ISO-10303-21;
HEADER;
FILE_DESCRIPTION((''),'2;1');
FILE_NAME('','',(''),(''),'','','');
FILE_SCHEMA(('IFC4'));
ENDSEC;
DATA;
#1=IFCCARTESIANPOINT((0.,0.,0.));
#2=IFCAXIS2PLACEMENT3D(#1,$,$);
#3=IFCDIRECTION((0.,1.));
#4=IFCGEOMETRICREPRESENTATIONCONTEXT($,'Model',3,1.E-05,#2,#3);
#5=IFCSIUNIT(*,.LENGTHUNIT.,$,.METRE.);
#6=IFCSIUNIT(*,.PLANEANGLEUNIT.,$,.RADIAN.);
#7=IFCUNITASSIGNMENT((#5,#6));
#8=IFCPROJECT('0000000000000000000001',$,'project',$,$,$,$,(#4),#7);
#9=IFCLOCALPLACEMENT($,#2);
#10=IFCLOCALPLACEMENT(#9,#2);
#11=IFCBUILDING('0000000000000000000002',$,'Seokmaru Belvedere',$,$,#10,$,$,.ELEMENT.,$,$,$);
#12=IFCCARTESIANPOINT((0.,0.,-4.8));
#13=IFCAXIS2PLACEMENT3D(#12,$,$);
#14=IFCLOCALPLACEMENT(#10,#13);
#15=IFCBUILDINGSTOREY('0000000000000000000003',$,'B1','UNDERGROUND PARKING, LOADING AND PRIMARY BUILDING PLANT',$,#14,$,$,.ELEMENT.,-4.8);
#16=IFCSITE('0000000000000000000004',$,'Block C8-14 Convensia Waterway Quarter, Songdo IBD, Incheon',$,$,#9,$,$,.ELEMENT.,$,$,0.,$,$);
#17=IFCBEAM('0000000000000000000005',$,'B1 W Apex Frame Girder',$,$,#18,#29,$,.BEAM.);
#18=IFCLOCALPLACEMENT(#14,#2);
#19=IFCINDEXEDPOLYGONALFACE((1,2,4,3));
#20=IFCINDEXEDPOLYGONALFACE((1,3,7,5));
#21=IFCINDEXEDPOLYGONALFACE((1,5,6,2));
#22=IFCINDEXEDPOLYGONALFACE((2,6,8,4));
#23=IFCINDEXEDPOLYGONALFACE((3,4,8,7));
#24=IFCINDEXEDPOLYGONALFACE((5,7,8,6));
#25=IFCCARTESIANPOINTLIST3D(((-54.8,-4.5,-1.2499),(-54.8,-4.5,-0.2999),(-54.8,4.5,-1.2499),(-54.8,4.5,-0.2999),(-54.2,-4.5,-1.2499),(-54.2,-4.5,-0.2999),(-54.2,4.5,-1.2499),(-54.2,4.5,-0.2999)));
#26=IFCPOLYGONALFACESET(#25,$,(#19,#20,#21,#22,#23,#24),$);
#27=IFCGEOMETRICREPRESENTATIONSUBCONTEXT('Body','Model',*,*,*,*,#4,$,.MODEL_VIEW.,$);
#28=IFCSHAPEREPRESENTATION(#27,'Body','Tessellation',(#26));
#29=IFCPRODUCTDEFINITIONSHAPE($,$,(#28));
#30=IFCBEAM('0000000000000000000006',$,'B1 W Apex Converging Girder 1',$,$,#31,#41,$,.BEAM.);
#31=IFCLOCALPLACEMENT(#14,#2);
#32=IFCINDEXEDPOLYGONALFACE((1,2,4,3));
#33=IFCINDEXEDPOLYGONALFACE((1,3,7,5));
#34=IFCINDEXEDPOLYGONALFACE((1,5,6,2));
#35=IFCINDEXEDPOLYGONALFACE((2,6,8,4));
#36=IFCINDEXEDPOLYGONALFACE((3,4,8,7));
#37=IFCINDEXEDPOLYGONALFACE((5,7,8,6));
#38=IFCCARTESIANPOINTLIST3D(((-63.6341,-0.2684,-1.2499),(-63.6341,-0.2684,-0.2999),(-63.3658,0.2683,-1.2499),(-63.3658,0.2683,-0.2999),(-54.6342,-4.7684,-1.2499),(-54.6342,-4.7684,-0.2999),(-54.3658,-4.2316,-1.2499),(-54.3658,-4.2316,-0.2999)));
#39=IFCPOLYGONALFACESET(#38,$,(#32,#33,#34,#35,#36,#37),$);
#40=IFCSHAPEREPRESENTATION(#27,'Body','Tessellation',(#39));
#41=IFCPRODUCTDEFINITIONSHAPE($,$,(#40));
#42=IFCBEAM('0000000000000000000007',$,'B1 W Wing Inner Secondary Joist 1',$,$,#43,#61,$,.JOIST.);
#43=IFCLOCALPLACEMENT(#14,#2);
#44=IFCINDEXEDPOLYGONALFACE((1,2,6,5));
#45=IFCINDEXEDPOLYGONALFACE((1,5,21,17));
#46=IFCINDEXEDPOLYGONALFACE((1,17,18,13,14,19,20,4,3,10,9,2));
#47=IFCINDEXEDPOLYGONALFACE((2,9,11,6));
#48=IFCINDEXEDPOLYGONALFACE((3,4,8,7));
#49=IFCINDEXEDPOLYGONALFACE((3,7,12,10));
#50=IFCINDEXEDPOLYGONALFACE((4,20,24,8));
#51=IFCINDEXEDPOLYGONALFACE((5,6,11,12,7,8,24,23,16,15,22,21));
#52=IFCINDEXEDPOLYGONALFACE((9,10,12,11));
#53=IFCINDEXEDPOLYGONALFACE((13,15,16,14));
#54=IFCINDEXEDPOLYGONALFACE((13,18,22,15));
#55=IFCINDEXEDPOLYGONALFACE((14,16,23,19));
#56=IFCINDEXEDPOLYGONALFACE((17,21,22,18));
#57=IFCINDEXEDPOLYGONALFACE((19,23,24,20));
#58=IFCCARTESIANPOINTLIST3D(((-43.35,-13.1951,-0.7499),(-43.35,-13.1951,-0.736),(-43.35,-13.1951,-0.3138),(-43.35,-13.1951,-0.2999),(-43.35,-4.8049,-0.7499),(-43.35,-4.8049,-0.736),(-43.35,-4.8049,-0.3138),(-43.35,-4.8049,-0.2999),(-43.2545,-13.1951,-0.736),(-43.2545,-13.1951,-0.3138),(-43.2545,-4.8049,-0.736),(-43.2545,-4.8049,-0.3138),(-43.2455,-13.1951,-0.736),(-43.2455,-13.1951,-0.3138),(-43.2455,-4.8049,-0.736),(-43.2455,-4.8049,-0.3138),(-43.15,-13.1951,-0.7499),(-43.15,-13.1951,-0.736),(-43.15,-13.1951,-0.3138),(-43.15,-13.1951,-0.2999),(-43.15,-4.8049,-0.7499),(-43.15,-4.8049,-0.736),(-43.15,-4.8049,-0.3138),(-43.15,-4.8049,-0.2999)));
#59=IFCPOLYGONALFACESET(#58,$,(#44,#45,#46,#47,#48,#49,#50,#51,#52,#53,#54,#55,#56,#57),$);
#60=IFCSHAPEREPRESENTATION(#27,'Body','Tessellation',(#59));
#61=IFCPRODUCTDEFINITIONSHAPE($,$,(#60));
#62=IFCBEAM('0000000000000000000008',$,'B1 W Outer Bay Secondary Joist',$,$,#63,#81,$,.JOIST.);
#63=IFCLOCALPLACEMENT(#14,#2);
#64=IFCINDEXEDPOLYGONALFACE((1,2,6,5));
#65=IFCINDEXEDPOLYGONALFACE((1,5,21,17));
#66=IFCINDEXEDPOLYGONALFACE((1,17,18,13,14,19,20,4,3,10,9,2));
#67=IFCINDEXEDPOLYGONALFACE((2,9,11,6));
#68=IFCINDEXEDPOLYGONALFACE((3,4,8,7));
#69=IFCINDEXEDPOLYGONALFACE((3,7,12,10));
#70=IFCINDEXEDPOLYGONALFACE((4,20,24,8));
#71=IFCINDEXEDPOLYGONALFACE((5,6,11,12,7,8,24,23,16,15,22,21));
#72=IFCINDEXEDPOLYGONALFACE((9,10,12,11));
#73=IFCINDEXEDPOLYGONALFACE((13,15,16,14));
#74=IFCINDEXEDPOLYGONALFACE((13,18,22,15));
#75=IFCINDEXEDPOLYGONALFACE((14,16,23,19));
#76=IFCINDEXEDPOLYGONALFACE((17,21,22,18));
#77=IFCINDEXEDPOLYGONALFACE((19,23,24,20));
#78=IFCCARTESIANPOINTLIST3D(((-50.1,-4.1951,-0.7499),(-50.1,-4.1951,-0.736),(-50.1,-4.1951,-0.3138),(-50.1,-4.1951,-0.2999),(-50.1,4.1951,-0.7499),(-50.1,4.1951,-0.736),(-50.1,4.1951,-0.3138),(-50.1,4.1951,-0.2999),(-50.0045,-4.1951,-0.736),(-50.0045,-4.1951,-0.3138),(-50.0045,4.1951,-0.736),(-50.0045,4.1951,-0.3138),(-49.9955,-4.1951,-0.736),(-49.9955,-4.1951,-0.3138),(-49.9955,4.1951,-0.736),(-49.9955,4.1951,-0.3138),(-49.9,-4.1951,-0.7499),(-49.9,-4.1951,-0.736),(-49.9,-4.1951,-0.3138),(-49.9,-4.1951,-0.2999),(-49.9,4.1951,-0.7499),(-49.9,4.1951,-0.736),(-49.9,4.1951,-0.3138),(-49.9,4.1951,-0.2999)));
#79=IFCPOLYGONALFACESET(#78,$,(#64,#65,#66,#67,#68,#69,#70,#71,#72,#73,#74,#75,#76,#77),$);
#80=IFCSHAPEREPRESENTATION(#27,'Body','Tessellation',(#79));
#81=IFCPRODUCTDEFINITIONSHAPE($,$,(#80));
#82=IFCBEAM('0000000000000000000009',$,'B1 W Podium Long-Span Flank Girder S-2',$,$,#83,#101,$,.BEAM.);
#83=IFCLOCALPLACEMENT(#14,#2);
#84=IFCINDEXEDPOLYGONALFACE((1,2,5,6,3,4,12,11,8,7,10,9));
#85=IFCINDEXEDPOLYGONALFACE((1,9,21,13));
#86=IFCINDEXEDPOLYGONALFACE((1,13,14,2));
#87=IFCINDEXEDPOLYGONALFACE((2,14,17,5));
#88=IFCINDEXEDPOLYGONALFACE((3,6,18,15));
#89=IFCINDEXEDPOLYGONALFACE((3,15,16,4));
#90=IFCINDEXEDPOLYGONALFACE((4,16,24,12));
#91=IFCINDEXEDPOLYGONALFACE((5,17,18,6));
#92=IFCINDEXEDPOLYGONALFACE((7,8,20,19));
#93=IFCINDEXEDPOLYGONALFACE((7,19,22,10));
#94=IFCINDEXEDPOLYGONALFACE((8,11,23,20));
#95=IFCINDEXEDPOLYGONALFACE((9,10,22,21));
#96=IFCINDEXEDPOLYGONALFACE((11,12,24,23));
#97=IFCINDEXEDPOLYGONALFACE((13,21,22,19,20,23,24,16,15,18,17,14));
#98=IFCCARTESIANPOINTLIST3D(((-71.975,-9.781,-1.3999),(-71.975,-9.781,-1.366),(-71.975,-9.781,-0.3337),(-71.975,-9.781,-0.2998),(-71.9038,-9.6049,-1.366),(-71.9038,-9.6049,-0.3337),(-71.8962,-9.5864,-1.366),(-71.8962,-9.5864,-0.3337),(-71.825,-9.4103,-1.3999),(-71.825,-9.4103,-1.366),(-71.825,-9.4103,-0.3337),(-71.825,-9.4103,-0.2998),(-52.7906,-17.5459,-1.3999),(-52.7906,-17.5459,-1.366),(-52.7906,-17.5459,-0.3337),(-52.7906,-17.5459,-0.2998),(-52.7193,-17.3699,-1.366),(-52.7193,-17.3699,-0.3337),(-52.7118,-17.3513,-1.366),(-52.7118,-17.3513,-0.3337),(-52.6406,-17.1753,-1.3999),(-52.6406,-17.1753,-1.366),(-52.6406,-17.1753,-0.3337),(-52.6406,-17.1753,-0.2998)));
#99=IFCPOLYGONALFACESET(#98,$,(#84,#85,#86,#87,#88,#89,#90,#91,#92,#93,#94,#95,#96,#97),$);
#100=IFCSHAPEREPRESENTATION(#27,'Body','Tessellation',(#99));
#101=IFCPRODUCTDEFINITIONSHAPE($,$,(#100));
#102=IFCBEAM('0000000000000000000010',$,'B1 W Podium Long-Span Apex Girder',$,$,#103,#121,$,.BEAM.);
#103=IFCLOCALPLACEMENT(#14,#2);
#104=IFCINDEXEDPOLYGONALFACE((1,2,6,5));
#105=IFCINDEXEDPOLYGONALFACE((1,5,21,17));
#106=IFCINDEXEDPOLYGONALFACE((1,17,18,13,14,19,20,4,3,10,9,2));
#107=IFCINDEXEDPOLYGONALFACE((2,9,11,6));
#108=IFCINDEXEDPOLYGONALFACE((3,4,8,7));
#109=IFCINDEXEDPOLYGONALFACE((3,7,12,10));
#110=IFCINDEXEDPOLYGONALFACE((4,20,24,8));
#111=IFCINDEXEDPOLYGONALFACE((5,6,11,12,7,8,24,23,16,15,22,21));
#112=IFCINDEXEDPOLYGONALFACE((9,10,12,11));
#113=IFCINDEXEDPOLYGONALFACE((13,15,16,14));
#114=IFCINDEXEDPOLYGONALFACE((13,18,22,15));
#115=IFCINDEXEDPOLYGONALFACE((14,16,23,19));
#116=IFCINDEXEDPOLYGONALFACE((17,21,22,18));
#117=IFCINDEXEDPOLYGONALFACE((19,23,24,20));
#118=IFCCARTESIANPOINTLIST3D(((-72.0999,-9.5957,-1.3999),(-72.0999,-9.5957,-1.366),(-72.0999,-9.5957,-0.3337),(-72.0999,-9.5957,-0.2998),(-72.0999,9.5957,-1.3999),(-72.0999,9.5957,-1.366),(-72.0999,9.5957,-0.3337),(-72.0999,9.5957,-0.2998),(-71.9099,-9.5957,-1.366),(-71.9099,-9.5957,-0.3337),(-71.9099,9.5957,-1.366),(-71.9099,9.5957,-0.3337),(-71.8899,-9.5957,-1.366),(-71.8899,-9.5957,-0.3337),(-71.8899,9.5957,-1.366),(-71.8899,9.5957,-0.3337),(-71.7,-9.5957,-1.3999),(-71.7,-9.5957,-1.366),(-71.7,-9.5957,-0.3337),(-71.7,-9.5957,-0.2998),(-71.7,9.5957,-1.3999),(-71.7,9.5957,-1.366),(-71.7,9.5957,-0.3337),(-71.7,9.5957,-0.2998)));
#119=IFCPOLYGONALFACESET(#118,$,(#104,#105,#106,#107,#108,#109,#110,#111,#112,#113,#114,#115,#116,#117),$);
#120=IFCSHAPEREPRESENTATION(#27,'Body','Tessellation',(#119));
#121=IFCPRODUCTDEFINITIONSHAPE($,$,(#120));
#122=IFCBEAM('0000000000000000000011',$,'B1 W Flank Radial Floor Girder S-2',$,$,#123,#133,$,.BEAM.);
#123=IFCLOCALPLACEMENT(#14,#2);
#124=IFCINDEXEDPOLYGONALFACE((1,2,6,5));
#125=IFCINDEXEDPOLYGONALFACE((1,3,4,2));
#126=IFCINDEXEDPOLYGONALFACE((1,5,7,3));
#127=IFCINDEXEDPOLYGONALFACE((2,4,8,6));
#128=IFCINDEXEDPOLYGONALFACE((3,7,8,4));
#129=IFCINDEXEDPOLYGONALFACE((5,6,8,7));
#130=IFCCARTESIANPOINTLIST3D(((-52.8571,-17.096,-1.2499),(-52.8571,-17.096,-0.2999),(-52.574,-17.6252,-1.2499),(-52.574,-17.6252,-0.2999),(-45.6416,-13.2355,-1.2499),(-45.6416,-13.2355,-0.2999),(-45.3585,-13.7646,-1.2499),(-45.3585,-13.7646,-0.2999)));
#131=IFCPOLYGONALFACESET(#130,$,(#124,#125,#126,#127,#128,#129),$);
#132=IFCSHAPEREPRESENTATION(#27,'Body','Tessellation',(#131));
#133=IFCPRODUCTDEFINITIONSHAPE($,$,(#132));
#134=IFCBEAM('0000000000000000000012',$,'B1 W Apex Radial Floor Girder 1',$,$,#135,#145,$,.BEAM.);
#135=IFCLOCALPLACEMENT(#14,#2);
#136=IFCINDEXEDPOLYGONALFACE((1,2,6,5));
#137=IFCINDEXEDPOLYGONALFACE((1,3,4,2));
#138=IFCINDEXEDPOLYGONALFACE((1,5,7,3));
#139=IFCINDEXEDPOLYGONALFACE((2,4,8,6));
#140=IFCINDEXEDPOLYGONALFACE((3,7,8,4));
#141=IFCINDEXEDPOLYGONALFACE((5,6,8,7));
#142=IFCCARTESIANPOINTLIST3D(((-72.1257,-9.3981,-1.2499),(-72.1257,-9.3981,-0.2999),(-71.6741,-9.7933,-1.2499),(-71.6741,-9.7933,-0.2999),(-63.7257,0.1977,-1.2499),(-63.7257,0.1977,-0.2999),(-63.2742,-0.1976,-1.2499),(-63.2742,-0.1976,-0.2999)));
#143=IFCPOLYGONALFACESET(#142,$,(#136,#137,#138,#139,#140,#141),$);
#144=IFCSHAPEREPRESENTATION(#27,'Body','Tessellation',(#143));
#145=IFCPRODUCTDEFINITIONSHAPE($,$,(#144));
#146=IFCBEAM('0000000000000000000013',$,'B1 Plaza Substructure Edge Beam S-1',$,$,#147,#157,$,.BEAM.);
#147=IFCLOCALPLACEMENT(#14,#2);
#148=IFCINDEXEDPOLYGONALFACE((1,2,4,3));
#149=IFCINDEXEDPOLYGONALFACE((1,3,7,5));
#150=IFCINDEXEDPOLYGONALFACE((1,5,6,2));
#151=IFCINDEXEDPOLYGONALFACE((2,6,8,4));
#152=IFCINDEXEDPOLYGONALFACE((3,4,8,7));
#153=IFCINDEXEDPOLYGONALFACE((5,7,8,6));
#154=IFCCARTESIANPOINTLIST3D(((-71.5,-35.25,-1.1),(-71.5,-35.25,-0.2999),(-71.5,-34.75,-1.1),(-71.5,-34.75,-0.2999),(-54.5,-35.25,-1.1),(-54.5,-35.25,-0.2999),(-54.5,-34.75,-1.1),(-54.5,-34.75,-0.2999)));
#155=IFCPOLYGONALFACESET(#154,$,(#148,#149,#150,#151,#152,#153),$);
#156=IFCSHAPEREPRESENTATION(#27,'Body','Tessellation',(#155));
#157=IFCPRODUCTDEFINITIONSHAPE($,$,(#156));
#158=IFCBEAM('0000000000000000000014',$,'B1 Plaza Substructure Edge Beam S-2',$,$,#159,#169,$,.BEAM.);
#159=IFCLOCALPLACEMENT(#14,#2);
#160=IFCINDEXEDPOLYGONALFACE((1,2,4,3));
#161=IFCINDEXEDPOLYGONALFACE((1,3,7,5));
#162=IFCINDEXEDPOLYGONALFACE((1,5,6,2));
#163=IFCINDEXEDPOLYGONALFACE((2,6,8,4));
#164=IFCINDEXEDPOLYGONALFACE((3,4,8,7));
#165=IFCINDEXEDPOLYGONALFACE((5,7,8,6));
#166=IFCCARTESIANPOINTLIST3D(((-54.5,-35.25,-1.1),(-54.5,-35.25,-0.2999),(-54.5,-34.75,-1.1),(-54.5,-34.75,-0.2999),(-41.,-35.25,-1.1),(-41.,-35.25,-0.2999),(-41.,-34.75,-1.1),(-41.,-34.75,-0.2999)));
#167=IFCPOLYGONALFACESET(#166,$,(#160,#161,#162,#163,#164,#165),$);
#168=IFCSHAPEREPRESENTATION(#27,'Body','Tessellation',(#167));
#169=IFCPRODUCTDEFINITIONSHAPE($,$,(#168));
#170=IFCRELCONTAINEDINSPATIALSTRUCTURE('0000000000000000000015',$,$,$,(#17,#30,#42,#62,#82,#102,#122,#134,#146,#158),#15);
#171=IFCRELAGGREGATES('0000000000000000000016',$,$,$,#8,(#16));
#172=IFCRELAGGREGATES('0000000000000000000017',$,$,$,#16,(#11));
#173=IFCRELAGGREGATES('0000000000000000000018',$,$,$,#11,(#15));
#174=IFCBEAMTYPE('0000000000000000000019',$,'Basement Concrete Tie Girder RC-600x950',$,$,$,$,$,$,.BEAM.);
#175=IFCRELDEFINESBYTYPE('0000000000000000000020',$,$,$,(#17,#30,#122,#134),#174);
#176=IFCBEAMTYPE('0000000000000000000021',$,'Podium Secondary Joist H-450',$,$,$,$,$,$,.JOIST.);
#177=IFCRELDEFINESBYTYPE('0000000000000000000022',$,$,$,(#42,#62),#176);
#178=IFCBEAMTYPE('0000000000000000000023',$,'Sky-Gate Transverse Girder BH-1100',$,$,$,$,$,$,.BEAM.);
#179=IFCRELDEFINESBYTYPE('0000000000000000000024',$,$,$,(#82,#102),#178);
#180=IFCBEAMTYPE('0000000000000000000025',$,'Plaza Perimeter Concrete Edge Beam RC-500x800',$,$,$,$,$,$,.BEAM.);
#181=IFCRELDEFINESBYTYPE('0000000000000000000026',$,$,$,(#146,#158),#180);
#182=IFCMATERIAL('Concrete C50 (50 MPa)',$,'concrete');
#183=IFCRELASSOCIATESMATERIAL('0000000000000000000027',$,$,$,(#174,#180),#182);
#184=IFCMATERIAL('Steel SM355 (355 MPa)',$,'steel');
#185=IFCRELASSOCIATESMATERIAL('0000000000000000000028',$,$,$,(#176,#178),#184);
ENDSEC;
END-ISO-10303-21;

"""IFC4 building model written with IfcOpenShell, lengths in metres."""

from ifc_helpers import new_model, si_unit, direction, frame, origin, origin_2d, place, context, subcontext, project, spatial, rectangle, i_section, extrude, source, transform, mapped, material, material_profile, profile_set, type_object, type_shapes, element, save


model = new_model("IFC4")

# Units and contexts
model_context = context("Model", 3, precision=1e-05, world=origin(), true_north=direction((0.0, 1.0)))
body_context = subcontext(model_context, "Body", "Model", "MODEL_VIEW")
ifc_project = project(units=[si_unit("LENGTHUNIT", "METRE"), si_unit("PLANEANGLEUNIT", "RADIAN")], contexts=[model_context])

# Site, building, storey
site_placement = place(None, origin())
site = spatial("IfcSite", under=ifc_project, at=site_placement, Name="Block C8-14 Convensia Waterway Quarter, Songdo IBD, Incheon", CompositionType="ELEMENT", RefElevation=0.0)
building_placement = place(site_placement, origin())
building = spatial("IfcBuilding", under=site, at=building_placement, Name="Seokmaru Belvedere", CompositionType="ELEMENT")
storey_placement = place(building_placement, frame((0.0, 0.0, -4.8)))
storey = spatial("IfcBuildingStorey", under=building, at=storey_placement, Name="B1", Description="UNDERGROUND PARKING, LOADING AND PRIMARY BUILDING PLANT", CompositionType="ELEMENT", Elevation=-4.8)

# Shared definitions
ifc_material_1 = material(Name="Steel SM355 (355 MPa)", Category="steel")
ifc_material_2 = material(Name="Concrete C50 (50 MPa)", Category="concrete")

# Beams
ifc_material_profile_1 = material_profile(ifc_material_2, rectangle(XDim=0.6001, YDim=0.95, at=origin_2d()), Name="RC-600x950")
ifc_profile_set_1 = profile_set([ifc_material_profile_1], Name="Concrete C50 (50 MPa)")
beam_type_1 = type_object("IfcBeamType", Name="Basement Concrete Tie Girder RC-600x950", PredefinedType="BEAM", material=ifc_profile_set_1)
shared_shape_1 = source(origin(), body_context, "Body", "SweptSolid", [
    extrude(rectangle(XDim=0.6001, YDim=0.95, at=origin_2d()), origin(), (0.0, 0.0, 1.0), 9.0),
])
for number, where, z_axis, x_axis, name in (
    (1, (-54.5, -4.5, -0.7749), (0.0, 1.0, 0.0), (-1.0, 0.0, 0.0), "B1 W Apex Frame Girder"),
):
    element("IfcBeam", number, at=place(storey_placement, frame(where, z_axis=z_axis, x_axis=x_axis)), inside=storey, type_object=beam_type_1, Name=name, PredefinedType="BEAM", context=body_context, shape_type="MappedRepresentation", body=[
        mapped(shared_shape_1, transform((0.0, 0.0, 0.0), scale=1.0)),
    ])
shared_shape_2 = source(origin(), body_context, "Body", "SweptSolid", [
    extrude(rectangle(XDim=0.6001, YDim=0.95, at=origin_2d()), origin(), (0.0, 0.0, 1.0), 10.0623),
])
beam_1_placement = place(storey_placement, frame((-54.5, -4.5, -0.7749), z_axis=(-0.894427, 0.447214, 0.0), x_axis=(-0.447214, -0.894427, 0.0)))
element("IfcBeam", 2, at=beam_1_placement, inside=storey, type_object=beam_type_1, Name="B1 W Apex Converging Girder 1", PredefinedType="BEAM", context=body_context, shape_type="MappedRepresentation", body=[
    mapped(shared_shape_2, transform((0.0, 0.0, 0.0), scale=1.0)),
])
ifc_material_profile_2 = material_profile(ifc_material_1, i_section(OverallWidth=0.2, OverallDepth=0.45, WebThickness=0.009, FlangeThickness=0.0139, at=origin_2d()), Name="H-450x200x9x14")
ifc_profile_set_2 = profile_set([ifc_material_profile_2], Name="Steel SM355 (355 MPa)")
beam_type_2 = type_object("IfcBeamType", Name="Podium Secondary Joist H-450", PredefinedType="JOIST", material=ifc_profile_set_2)
shared_shape_3 = source(origin(), body_context, "Body", "SweptSolid", [
    extrude(i_section(OverallWidth=0.2, OverallDepth=0.45, WebThickness=0.009, FlangeThickness=0.0139, at=origin_2d()), origin(), (0.0, 0.0, 1.0), 8.3901),
])
type_shapes(beam_type_2, [shared_shape_3])
for number, where, z_axis, x_axis, name in (
    (3, (-43.25, -13.1951, -0.5249), (0.0, 1.0, 0.0), (-1.0, 0.0, 0.0), "B1 W Wing Inner Secondary Joist 1"),
    (4, (-50.0, -4.1951, -0.5249), (0.0, 1.0, 0.0), (-1.0, 0.0, 0.0), "B1 W Outer Bay Secondary Joist"),
):
    element("IfcBeam", number, at=place(storey_placement, frame(where, z_axis=z_axis, x_axis=x_axis)), inside=storey, type_object=beam_type_2, Name=name, PredefinedType="JOIST", context=body_context, shape_type="MappedRepresentation", body=[
        mapped(shared_shape_3, transform((0.0, 0.0, 0.0), scale=1.0)),
    ])
ifc_material_profile_3 = material_profile(ifc_material_1, i_section(OverallWidth=0.3999, OverallDepth=1.1001, WebThickness=0.02, FlangeThickness=0.0339, at=origin_2d()), Name="BH-1100x400x20x34")
ifc_profile_set_3 = profile_set([ifc_material_profile_3], Name="Steel SM355 (355 MPa)")
beam_type_3 = type_object("IfcBeamType", Name="Sky-Gate Transverse Girder BH-1100", PredefinedType="BEAM", material=ifc_profile_set_3)
shared_shape_4 = source(origin(), body_context, "Body", "SweptSolid", [
    extrude(i_section(OverallWidth=0.3999, OverallDepth=1.1001, WebThickness=0.02, FlangeThickness=0.0339, at=origin_2d()), origin(), (0.0, 0.0, 1.0), 20.6963),
])
beam_2_placement = place(storey_placement, frame((-52.7156, -17.3606, -0.8499), z_axis=(-0.92695, 0.375185, 0.0), x_axis=(-0.375185, -0.92695, 0.0)))
element("IfcBeam", 5, at=beam_2_placement, inside=storey, type_object=beam_type_3, Name="B1 W Podium Long-Span Flank Girder S-2", PredefinedType="BEAM", context=body_context, shape_type="MappedRepresentation", body=[
    mapped(shared_shape_4, transform((0.0, 0.0, 0.0), scale=1.0)),
])
shared_shape_5 = source(origin(), body_context, "Body", "SweptSolid", [
    extrude(i_section(OverallWidth=0.3999, OverallDepth=1.1001, WebThickness=0.02, FlangeThickness=0.0339, at=origin_2d()), origin(), (0.0, 0.0, 1.0), 19.1914),
])
type_shapes(beam_type_3, [shared_shape_4, shared_shape_5])
beam_3_placement = place(storey_placement, frame((-71.8999, -9.5957, -0.8499), z_axis=(0.0, 1.0, 0.0), x_axis=(-1.0, 0.0, 0.0)))
element("IfcBeam", 6, at=beam_3_placement, inside=storey, type_object=beam_type_3, Name="B1 W Podium Long-Span Apex Girder", PredefinedType="BEAM", context=body_context, shape_type="MappedRepresentation", body=[
    mapped(shared_shape_5, transform((0.0, 0.0, 0.0), scale=1.0)),
])
shared_shape_6 = source(origin(), body_context, "Body", "SweptSolid", [
    extrude(rectangle(XDim=0.6001, YDim=0.95, at=origin_2d()), origin(), (0.0, 0.0, 1.0), 8.1833),
])
beam_4_placement = place(storey_placement, frame((-52.7156, -17.3606, -0.7749), z_axis=(0.881729, 0.471757, 0.0), x_axis=(-0.471757, 0.881729, 0.0)))
element("IfcBeam", 7, at=beam_4_placement, inside=storey, type_object=beam_type_1, Name="B1 W Flank Radial Floor Girder S-2", PredefinedType="BEAM", context=body_context, shape_type="MappedRepresentation", body=[
    mapped(shared_shape_6, transform((0.0, 0.0, 0.0), scale=1.0)),
])
shared_shape_7 = source(origin(), body_context, "Body", "SweptSolid", [
    extrude(rectangle(XDim=0.6001, YDim=0.95, at=origin_2d()), origin(), (0.0, 0.0, 1.0), 12.7529),
])
type_shapes(beam_type_1, [shared_shape_1, shared_shape_2, shared_shape_6, shared_shape_7])
beam_5_placement = place(storey_placement, frame((-71.8999, -9.5957, -0.7749), z_axis=(0.658667, 0.752434, 0.0), x_axis=(-0.752434, 0.658667, 0.0)))
element("IfcBeam", 8, at=beam_5_placement, inside=storey, type_object=beam_type_1, Name="B1 W Apex Radial Floor Girder 1", PredefinedType="BEAM", context=body_context, shape_type="MappedRepresentation", body=[
    mapped(shared_shape_7, transform((0.0, 0.0, 0.0), scale=1.0)),
])
ifc_material_profile_4 = material_profile(ifc_material_2, rectangle(XDim=0.5, YDim=0.8, at=origin_2d()), Name="RC-500x800")
ifc_profile_set_4 = profile_set([ifc_material_profile_4], Name="Concrete C50 (50 MPa)")
beam_type_4 = type_object("IfcBeamType", Name="Plaza Perimeter Concrete Edge Beam RC-500x800", PredefinedType="BEAM", material=ifc_profile_set_4)
shared_shape_8 = source(origin(), body_context, "Body", "SweptSolid", [
    extrude(rectangle(XDim=0.5, YDim=0.8, at=origin_2d()), origin(), (0.0, 0.0, 1.0), 17.0),
])
beam_6_placement = place(storey_placement, frame((-71.5, -35.0, -0.7), z_axis=(1.0, 0.0, 0.0), x_axis=(0.0, 1.0, 0.0)))
element("IfcBeam", 9, at=beam_6_placement, inside=storey, type_object=beam_type_4, Name="B1 Plaza Substructure Edge Beam S-1", PredefinedType="BEAM", context=body_context, shape_type="MappedRepresentation", body=[
    mapped(shared_shape_8, transform((0.0, 0.0, 0.0), scale=1.0)),
])
shared_shape_9 = source(origin(), body_context, "Body", "SweptSolid", [
    extrude(rectangle(XDim=0.5, YDim=0.8, at=origin_2d()), origin(), (0.0, 0.0, 1.0), 13.5),
])
type_shapes(beam_type_4, [shared_shape_8, shared_shape_9])
beam_7_placement = place(storey_placement, frame((-54.5, -35.0, -0.7), z_axis=(1.0, 0.0, 0.0), x_axis=(0.0, 1.0, 0.0)))
element("IfcBeam", 10, at=beam_7_placement, inside=storey, type_object=beam_type_4, Name="B1 Plaza Substructure Edge Beam S-2", PredefinedType="BEAM", context=body_context, shape_type="MappedRepresentation", body=[
    mapped(shared_shape_9, transform((0.0, 0.0, 0.0), scale=1.0)),
])

save(model, "model.ifc")
